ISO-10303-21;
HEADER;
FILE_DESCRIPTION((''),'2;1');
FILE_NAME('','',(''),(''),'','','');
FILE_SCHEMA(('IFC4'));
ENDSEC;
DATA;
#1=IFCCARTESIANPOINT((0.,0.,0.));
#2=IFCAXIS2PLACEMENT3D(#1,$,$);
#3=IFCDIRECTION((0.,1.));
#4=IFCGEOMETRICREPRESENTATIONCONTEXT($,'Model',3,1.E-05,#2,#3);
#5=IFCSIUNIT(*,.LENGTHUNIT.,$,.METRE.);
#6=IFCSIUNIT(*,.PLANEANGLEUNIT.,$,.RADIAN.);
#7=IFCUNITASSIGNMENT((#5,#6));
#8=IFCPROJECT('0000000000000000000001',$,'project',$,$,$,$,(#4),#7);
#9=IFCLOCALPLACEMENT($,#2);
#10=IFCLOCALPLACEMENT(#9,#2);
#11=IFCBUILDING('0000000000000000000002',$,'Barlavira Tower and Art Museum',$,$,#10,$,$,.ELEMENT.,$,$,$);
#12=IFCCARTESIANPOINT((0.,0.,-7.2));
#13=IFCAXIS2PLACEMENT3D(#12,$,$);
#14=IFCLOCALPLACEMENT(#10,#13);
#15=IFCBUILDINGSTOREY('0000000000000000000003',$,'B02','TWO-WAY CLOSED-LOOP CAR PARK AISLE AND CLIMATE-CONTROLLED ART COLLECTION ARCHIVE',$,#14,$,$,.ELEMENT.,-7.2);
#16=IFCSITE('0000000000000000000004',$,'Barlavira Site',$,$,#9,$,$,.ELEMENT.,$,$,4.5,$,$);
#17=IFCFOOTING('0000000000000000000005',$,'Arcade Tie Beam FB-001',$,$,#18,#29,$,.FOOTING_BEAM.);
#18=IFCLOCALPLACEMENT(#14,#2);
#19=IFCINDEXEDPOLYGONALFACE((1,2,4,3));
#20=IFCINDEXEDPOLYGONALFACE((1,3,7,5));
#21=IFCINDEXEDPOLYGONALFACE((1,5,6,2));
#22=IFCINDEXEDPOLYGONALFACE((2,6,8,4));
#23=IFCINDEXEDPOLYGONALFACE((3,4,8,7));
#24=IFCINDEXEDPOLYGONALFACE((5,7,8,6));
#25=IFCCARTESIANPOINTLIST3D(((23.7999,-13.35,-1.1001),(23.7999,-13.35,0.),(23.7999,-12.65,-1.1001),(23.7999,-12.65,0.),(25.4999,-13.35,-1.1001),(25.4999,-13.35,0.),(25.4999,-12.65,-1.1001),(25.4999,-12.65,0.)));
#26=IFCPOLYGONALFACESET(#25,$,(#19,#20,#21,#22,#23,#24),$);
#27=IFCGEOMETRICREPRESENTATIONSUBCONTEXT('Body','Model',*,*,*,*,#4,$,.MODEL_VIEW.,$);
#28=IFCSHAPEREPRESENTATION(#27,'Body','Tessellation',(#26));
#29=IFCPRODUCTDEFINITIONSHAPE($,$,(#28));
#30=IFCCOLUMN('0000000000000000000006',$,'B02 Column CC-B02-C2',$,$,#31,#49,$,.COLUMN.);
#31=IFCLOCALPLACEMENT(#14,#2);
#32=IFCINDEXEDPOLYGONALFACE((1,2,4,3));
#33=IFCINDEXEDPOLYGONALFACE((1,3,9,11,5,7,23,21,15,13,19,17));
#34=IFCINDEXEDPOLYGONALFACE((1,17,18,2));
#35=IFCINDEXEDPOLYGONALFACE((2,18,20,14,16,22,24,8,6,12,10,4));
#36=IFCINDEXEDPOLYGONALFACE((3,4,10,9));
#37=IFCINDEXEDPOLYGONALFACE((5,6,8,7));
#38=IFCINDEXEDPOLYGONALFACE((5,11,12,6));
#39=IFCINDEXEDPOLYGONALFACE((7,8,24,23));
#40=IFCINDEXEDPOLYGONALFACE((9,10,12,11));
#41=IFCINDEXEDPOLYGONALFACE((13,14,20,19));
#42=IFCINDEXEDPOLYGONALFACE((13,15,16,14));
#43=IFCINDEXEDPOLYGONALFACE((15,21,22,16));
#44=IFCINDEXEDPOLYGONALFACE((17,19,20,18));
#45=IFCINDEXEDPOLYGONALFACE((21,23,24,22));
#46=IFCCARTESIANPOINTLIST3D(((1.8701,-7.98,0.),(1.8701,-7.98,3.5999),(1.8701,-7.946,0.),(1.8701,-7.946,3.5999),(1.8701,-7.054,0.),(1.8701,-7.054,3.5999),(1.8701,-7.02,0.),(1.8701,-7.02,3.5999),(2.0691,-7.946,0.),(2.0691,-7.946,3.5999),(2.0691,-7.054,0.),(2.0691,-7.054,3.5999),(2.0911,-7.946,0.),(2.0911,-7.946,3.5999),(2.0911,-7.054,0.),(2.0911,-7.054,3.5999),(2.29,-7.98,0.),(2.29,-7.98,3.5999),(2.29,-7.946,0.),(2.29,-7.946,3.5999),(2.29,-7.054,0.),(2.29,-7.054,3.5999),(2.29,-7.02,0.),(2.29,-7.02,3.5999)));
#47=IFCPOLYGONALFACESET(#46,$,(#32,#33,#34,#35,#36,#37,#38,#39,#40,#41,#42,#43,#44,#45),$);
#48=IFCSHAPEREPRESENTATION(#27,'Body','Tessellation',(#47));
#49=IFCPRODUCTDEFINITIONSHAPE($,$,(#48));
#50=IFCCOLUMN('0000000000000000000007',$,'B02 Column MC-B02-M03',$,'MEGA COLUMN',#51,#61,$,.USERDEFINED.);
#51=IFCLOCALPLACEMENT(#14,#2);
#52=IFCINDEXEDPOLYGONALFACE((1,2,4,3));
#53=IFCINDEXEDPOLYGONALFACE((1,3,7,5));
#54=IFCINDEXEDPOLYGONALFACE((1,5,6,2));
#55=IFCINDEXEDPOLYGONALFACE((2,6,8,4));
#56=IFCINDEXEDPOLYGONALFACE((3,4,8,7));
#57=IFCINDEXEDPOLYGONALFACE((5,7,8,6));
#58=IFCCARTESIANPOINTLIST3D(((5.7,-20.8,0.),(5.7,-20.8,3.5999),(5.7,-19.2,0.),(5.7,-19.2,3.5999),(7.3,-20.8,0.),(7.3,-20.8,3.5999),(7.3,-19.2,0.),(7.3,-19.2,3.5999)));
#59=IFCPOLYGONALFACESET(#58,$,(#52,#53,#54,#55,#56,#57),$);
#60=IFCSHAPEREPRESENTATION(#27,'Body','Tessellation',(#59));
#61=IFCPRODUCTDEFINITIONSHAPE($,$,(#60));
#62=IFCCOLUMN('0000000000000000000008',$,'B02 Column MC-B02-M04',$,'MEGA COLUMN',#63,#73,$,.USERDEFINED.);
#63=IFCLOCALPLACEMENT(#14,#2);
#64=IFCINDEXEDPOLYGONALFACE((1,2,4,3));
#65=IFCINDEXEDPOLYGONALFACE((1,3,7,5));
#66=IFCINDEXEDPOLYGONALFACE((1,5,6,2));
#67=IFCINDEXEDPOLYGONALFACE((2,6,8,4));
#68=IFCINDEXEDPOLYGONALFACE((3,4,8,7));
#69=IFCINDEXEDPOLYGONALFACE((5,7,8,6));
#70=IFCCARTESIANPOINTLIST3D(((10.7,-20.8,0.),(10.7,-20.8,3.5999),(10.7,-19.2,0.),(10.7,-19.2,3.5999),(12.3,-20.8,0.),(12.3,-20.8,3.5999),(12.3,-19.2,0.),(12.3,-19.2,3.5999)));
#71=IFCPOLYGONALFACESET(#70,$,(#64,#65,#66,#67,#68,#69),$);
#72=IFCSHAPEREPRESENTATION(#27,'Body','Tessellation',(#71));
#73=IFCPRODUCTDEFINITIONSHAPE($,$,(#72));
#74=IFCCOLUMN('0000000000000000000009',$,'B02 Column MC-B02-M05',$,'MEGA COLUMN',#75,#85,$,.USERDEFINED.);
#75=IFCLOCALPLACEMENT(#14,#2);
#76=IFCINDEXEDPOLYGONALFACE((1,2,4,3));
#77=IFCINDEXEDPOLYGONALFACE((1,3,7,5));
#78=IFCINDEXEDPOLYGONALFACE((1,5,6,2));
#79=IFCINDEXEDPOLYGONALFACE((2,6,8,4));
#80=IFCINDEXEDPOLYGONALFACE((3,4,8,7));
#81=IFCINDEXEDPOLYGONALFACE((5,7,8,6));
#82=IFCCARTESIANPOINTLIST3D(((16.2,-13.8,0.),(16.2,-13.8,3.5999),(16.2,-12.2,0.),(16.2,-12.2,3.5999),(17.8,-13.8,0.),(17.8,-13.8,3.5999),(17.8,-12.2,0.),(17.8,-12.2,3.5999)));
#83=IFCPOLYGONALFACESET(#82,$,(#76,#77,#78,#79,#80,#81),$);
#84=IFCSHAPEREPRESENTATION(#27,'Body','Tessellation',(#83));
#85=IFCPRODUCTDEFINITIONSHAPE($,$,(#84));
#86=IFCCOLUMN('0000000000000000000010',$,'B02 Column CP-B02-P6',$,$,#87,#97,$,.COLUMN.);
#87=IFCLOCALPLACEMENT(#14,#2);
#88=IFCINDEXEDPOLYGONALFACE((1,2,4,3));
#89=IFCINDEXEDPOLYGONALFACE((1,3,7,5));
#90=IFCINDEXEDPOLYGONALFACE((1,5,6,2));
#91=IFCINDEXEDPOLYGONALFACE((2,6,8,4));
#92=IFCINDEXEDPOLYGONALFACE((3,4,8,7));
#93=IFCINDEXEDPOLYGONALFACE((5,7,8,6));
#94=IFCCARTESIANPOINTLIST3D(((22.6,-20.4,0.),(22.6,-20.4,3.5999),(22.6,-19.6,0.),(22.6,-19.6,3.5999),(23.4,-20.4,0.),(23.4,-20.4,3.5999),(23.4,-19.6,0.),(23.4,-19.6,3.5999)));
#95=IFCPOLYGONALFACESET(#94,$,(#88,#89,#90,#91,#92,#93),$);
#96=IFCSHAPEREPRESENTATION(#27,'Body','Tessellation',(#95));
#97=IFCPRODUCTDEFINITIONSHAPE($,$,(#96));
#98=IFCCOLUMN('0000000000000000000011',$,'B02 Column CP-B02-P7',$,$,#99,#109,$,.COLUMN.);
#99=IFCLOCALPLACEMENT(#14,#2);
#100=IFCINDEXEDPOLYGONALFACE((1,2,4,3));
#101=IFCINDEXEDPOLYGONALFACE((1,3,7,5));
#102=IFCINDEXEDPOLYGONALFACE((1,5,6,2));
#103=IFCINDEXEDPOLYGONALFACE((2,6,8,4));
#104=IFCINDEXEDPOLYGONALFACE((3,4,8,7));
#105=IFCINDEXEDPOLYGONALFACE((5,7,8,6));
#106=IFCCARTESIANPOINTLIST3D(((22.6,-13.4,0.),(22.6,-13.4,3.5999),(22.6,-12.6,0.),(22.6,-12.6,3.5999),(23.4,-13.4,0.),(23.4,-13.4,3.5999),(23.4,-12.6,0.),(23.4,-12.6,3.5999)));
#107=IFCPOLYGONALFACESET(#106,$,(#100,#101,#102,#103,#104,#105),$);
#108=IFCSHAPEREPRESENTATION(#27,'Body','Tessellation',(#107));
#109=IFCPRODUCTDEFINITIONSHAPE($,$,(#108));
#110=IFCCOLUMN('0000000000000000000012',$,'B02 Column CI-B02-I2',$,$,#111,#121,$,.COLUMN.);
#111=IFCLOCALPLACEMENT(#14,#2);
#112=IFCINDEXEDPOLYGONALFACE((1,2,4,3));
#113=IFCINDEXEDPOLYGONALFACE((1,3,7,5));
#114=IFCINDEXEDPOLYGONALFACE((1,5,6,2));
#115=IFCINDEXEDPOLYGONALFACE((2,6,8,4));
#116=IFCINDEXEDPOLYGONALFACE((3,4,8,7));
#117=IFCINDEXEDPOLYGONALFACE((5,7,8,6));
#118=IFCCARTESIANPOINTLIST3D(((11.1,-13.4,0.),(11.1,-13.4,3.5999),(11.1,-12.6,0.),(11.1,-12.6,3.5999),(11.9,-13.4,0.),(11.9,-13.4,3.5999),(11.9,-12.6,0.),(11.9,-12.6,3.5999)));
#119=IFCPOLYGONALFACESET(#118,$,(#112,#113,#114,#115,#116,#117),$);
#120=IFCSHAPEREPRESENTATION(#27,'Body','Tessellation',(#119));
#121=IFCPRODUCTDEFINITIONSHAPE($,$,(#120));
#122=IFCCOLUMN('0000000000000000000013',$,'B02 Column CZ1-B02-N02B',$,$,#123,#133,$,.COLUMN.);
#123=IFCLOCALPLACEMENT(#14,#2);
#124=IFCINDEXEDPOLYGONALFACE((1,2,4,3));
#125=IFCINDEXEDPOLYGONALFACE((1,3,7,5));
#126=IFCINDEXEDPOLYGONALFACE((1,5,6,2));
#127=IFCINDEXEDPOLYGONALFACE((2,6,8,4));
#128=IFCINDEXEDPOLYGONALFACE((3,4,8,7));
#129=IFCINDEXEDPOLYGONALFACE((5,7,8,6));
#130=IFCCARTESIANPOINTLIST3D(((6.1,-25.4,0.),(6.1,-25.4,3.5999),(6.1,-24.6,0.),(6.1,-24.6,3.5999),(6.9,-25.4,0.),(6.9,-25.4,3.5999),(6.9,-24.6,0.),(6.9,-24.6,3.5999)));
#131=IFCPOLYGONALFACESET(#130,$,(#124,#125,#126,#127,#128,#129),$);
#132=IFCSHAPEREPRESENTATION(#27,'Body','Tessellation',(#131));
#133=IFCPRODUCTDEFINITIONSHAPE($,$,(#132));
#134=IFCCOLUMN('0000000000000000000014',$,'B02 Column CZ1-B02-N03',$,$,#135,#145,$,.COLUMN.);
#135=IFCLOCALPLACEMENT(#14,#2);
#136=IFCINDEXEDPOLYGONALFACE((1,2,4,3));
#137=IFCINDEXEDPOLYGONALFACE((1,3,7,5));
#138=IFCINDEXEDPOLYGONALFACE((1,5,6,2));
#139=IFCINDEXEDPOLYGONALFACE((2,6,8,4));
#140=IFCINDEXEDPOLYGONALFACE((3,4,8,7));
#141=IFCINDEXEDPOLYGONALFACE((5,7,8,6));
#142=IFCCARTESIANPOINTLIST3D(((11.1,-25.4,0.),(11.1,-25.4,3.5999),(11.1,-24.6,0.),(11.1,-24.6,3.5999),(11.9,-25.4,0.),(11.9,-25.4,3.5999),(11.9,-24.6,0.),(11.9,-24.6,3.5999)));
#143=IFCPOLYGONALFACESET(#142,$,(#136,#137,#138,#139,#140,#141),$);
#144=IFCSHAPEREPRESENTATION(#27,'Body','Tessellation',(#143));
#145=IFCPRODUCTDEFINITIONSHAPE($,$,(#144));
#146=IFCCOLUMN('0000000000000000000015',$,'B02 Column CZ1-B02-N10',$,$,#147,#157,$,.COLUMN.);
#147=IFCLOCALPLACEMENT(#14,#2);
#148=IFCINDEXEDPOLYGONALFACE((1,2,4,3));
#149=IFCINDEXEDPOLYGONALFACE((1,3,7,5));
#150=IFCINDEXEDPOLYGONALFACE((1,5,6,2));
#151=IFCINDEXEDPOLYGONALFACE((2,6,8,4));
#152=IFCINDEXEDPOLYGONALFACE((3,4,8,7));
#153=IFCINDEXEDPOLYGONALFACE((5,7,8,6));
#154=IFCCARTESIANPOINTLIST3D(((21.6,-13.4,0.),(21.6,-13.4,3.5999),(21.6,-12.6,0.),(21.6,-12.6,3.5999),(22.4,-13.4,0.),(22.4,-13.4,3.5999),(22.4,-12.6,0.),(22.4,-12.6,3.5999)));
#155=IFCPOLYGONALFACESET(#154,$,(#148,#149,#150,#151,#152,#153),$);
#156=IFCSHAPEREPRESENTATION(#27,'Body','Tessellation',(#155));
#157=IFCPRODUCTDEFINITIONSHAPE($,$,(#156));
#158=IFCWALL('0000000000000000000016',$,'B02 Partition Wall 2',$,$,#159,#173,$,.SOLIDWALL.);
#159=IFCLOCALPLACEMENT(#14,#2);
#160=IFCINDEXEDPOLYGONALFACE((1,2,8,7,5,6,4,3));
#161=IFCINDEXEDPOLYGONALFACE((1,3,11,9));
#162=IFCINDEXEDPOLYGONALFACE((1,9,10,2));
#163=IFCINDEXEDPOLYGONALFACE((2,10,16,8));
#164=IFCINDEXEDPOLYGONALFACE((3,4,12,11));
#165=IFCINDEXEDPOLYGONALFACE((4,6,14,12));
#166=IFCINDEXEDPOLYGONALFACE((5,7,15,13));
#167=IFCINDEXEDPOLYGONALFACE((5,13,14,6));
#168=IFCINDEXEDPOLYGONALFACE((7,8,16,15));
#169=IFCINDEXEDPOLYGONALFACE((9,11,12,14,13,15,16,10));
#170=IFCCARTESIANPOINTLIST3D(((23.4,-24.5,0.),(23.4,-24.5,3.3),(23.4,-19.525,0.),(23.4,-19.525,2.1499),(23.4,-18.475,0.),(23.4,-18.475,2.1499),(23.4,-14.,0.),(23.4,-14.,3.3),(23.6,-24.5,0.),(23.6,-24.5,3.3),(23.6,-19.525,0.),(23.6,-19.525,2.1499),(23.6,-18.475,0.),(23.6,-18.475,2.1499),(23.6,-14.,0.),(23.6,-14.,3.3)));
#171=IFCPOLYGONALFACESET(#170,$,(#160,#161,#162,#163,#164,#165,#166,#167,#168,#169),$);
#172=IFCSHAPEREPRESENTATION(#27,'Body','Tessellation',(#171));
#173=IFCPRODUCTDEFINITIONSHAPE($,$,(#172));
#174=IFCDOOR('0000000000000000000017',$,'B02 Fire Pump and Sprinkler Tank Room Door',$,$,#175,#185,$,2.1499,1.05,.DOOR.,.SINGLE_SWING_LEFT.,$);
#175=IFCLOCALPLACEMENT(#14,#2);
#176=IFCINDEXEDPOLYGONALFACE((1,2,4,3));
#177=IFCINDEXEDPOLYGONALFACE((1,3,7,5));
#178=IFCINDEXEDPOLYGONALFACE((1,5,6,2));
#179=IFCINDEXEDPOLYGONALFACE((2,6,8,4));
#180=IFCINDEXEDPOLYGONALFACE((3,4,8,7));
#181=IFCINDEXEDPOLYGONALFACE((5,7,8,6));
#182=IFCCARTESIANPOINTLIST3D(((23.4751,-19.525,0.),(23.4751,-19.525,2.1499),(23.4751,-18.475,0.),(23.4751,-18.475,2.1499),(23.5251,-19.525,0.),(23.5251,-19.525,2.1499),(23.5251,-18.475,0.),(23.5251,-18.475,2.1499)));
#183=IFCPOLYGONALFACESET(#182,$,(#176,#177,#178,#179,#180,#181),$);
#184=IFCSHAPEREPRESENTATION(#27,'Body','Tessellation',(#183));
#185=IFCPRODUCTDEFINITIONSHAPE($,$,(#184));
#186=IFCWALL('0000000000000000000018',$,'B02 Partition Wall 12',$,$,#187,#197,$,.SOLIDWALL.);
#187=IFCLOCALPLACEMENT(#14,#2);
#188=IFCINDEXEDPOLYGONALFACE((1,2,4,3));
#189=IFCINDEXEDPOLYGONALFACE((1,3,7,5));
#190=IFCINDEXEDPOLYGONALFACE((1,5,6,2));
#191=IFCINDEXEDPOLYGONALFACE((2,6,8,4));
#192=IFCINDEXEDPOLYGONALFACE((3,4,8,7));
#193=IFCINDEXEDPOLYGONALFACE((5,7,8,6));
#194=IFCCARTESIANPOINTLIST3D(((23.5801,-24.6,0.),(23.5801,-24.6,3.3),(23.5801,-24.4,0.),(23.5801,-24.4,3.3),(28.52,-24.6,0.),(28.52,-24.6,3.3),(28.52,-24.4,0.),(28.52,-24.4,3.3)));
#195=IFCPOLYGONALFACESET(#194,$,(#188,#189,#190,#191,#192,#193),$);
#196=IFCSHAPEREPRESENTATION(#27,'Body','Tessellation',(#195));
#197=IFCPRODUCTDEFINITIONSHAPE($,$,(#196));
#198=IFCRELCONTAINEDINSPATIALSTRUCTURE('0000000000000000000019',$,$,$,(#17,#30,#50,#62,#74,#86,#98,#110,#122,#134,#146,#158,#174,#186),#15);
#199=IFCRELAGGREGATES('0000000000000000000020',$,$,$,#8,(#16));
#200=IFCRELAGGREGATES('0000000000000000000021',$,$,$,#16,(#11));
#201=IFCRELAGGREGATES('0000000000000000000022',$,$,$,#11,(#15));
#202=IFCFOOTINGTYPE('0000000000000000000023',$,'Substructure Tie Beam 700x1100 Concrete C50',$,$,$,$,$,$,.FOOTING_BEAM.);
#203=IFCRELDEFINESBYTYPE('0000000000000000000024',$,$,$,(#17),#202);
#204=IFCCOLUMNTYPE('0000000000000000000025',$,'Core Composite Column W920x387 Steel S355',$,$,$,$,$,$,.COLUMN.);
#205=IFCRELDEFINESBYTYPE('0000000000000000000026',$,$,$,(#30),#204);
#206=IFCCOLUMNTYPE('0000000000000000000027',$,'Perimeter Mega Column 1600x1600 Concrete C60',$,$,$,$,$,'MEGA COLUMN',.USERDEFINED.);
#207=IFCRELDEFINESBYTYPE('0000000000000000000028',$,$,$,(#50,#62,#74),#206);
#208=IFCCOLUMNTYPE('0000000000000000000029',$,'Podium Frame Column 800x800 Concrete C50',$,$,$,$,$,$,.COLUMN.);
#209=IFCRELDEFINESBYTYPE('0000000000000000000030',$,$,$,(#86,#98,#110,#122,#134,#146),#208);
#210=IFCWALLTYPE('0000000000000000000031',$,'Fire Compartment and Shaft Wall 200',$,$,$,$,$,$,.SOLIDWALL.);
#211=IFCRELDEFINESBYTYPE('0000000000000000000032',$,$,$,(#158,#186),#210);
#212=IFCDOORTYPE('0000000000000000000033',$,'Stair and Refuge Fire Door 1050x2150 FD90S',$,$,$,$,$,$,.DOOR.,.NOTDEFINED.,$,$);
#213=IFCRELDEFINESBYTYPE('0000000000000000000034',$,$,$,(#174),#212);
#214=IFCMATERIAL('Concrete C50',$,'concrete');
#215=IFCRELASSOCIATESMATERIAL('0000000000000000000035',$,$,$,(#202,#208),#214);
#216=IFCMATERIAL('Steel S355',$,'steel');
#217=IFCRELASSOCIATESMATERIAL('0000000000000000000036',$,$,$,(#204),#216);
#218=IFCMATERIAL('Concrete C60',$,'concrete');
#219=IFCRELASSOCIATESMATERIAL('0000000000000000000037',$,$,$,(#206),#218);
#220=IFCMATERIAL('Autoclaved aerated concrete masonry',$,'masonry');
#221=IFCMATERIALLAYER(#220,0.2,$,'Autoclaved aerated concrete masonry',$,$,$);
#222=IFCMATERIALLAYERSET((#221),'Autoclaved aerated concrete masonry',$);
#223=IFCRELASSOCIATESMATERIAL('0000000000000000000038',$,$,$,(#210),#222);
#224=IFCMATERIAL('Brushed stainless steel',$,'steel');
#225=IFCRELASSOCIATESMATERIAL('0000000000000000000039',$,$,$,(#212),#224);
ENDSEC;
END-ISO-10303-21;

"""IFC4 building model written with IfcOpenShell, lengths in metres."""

from ifc_helpers import new_model, si_unit, direction, frame, frame_2d, origin, origin_2d, place, context, subcontext, project, spatial, rectangle, i_section, extrude, material, layer, layer_set, material_profile, profile_set, type_object, element, fill, save


model = new_model("IFC4")

# Units and contexts
model_context = context("Model", 3, precision=1e-05, world=origin(), true_north=direction((0.0, 1.0)))
body_context = subcontext(model_context, "Body", "Model", "MODEL_VIEW")
ifc_project = project(units=[si_unit("LENGTHUNIT", "METRE"), si_unit("PLANEANGLEUNIT", "RADIAN")], contexts=[model_context])

# Site, building, storey
site_placement = place(None, origin())
site = spatial("IfcSite", under=ifc_project, at=site_placement, Name="Barlavira Site", CompositionType="ELEMENT", RefElevation=4.5)
building_placement = place(site_placement, origin())
building = spatial("IfcBuilding", under=site, at=building_placement, Name="Barlavira Tower and Art Museum", CompositionType="ELEMENT")
storey_placement = place(building_placement, frame((0.0, 0.0, -7.2)))
storey = spatial("IfcBuildingStorey", under=building, at=storey_placement, Name="B02", Description="TWO-WAY CLOSED-LOOP CAR PARK AISLE AND CLIMATE-CONTROLLED ART COLLECTION ARCHIVE", CompositionType="ELEMENT", Elevation=-7.2)

# Shared definitions
ifc_material_1 = material(Name="Concrete C50", Category="concrete")

# Footing
footing_type = type_object("IfcFootingType", Name="Substructure Tie Beam 700x1100 Concrete C50", PredefinedType="FOOTING_BEAM", material=ifc_material_1)
footing_placement = place(storey_placement, frame((24.6499, -13.0, -1.1001), z_axis=(0.0, 0.0, 1.0), x_axis=(1.0, 0.0, 0.0)))
element("IfcFooting", 1, at=footing_placement, inside=storey, type_object=footing_type, Name="Arcade Tie Beam FB-001", PredefinedType="FOOTING_BEAM", context=body_context, shape_type="SweptSolid", body=[
    extrude(rectangle(XDim=1.7, YDim=0.7, at=origin_2d()), origin(), (0.0, 0.0, 1.0), 1.1001),
])

# Columns
ifc_material_2 = material(Name="Steel S355", Category="steel")
ifc_material_profile_1 = material_profile(ifc_material_2, i_section(OverallWidth=0.4199, OverallDepth=0.96, WebThickness=0.022, FlangeThickness=0.0339, at=origin_2d()), Name="W920x387.0")
ifc_profile_set_1 = profile_set([ifc_material_profile_1], Name="Steel S355")
column_type_1 = type_object("IfcColumnType", Name="Core Composite Column W920x387 Steel S355", PredefinedType="COLUMN", material=ifc_profile_set_1)
column_placement = place(storey_placement, frame((2.0801, -7.5, 0.0), z_axis=(0.0, 0.0, 1.0), x_axis=(1.0, 0.0, 0.0)))
element("IfcColumn", 2, at=column_placement, inside=storey, type_object=column_type_1, Name="B02 Column CC-B02-C2", PredefinedType="COLUMN", context=body_context, shape_type="SweptSolid", body=[
    extrude(i_section(OverallWidth=0.4199, OverallDepth=0.96, WebThickness=0.022, FlangeThickness=0.0339, at=origin_2d()), origin(), (0.0, 0.0, 1.0), 3.5999),
])
ifc_material_3 = material(Name="Concrete C60", Category="concrete")
ifc_material_profile_2 = material_profile(ifc_material_3, rectangle(XDim=1.6001, YDim=1.6001, at=origin_2d()), Name="RC-MCOL 1600x1600")
ifc_profile_set_2 = profile_set([ifc_material_profile_2], Name="Concrete C60")
column_type_2 = type_object("IfcColumnType", Name="Perimeter Mega Column 1600x1600 Concrete C60", ElementType="MEGA COLUMN", PredefinedType="USERDEFINED", material=ifc_profile_set_2)
for number, where, z_axis, x_axis, name in (
    (3, (6.5, -20.0, 0.0), (0.0, 0.0, 1.0), (1.0, 0.0, 0.0), "B02 Column MC-B02-M03"),
    (4, (11.5, -20.0, 0.0), (0.0, 0.0, 1.0), (1.0, 0.0, 0.0), "B02 Column MC-B02-M04"),
    (5, (17.0, -13.0, 0.0), (0.0, 0.0, 1.0), (1.0, 0.0, 0.0), "B02 Column MC-B02-M05"),
):
    element("IfcColumn", number, at=place(storey_placement, frame(where, z_axis=z_axis, x_axis=x_axis)), inside=storey, type_object=column_type_2, Name=name, ObjectType="MEGA COLUMN", PredefinedType="USERDEFINED", context=body_context, shape_type="SweptSolid", body=[
        extrude(rectangle(XDim=1.6001, YDim=1.6001, at=origin_2d()), origin(), (0.0, 0.0, 1.0), 3.5999),
    ])
ifc_material_profile_3 = material_profile(ifc_material_1, rectangle(XDim=0.8, YDim=0.8, at=origin_2d()), Name="RC-COL 800x800")
ifc_profile_set_3 = profile_set([ifc_material_profile_3], Name="Concrete C50")
column_type_3 = type_object("IfcColumnType", Name="Podium Frame Column 800x800 Concrete C50", PredefinedType="COLUMN", material=ifc_profile_set_3)
for number, where, z_axis, x_axis, name in (
    (6, (23.0, -20.0, 0.0), (0.0, 0.0, 1.0), (1.0, 0.0, 0.0), "B02 Column CP-B02-P6"),
    (7, (23.0, -13.0, 0.0), (0.0, 0.0, 1.0), (1.0, 0.0, 0.0), "B02 Column CP-B02-P7"),
    (8, (11.5, -13.0, 0.0), (0.0, 0.0, 1.0), (1.0, 0.0, 0.0), "B02 Column CI-B02-I2"),
    (9, (6.5, -25.0, 0.0), (0.0, 0.0, 1.0), (1.0, 0.0, 0.0), "B02 Column CZ1-B02-N02B"),
    (10, (11.5, -25.0, 0.0), (0.0, 0.0, 1.0), (1.0, 0.0, 0.0), "B02 Column CZ1-B02-N03"),
    (11, (22.0, -13.0, 0.0), (0.0, 0.0, 1.0), (1.0, 0.0, 0.0), "B02 Column CZ1-B02-N10"),
):
    element("IfcColumn", number, at=place(storey_placement, frame(where, z_axis=z_axis, x_axis=x_axis)), inside=storey, type_object=column_type_3, Name=name, PredefinedType="COLUMN", context=body_context, shape_type="SweptSolid", body=[
        extrude(rectangle(XDim=0.8, YDim=0.8, at=origin_2d()), origin(), (0.0, 0.0, 1.0), 3.5999),
    ])

# Wall, opening, door
ifc_material_4 = material(Name="Autoclaved aerated concrete masonry", Category="masonry")
ifc_layer = layer(ifc_material_4, 0.2, Name="Autoclaved aerated concrete masonry")
ifc_layer_set = layer_set([ifc_layer], Name="Autoclaved aerated concrete masonry")
wall_type = type_object("IfcWallType", Name="Fire Compartment and Shaft Wall 200", PredefinedType="SOLIDWALL", material=ifc_layer_set)
wall_placement = place(storey_placement, frame((23.5, -24.5, 0.0), z_axis=(0.0, 0.0, 1.0), x_axis=(0.0, 1.0, 0.0)))
wall = element("IfcWall", 12, at=wall_placement, inside=storey, type_object=wall_type, Name="B02 Partition Wall 2", PredefinedType="SOLIDWALL", context=body_context, shape_type="SweptSolid", body=[
    extrude(rectangle(XDim=10.5, YDim=0.2, at=frame_2d((5.25, 0.0))), origin(), (0.0, 0.0, 1.0), 3.3),
])
opening_placement = place(wall_placement, frame((4.9751, 0.0, 0.0)))
opening = element("IfcOpeningElement", 13, at=opening_placement, cuts=wall, PredefinedType="OPENING", context=body_context, shape_type="SweptSolid", body=[
    extrude(rectangle(XDim=1.05, YDim=2.1499, at=frame_2d((0.5249, 1.075))), frame((0.0, 0.1099, 0.0), z_axis=(0.0, -1.0, 0.0), x_axis=(1.0, 0.0, 0.0)), (0.0, 0.0, 1.0), 0.22),
])
ifc_material_5 = material(Name="Brushed stainless steel", Category="steel")
door_type = type_object("IfcDoorType", Name="Stair and Refuge Fire Door 1050x2150 FD90S", OperationType="NOTDEFINED", PredefinedType="DOOR", material=ifc_material_5)
door_placement = place(opening_placement, origin())
door = element("IfcDoor", 14, at=door_placement, inside=storey, type_object=door_type, Name="B02 Fire Pump and Sprinkler Tank Room Door", OperationType="SINGLE_SWING_LEFT", OverallHeight=2.1499, OverallWidth=1.05, PredefinedType="DOOR", context=body_context, shape_type="SweptSolid", body=[
    extrude(rectangle(XDim=1.05, YDim=2.1499, at=frame_2d((0.5249, 1.075))), frame((0.0, 0.0249, 0.0), z_axis=(0.0, -1.0, 0.0), x_axis=(1.0, 0.0, 0.0)), (0.0, 0.0, 1.0), 0.05),
])
fill(opening, door)

# Wall
for number, where, z_axis, x_axis, name in (
    (15, (23.5801, -24.5, 0.0), (0.0, 0.0, 1.0), (1.0, 0.0, 0.0), "B02 Partition Wall 12"),
):
    element("IfcWall", number, at=place(storey_placement, frame(where, z_axis=z_axis, x_axis=x_axis)), inside=storey, type_object=wall_type, Name=name, PredefinedType="SOLIDWALL", context=body_context, shape_type="SweptSolid", body=[
        extrude(rectangle(XDim=4.9399, YDim=0.2, at=frame_2d((2.47, 0.0))), origin(), (0.0, 0.0, 1.0), 3.3),
    ])

save(model, "model.ifc")
